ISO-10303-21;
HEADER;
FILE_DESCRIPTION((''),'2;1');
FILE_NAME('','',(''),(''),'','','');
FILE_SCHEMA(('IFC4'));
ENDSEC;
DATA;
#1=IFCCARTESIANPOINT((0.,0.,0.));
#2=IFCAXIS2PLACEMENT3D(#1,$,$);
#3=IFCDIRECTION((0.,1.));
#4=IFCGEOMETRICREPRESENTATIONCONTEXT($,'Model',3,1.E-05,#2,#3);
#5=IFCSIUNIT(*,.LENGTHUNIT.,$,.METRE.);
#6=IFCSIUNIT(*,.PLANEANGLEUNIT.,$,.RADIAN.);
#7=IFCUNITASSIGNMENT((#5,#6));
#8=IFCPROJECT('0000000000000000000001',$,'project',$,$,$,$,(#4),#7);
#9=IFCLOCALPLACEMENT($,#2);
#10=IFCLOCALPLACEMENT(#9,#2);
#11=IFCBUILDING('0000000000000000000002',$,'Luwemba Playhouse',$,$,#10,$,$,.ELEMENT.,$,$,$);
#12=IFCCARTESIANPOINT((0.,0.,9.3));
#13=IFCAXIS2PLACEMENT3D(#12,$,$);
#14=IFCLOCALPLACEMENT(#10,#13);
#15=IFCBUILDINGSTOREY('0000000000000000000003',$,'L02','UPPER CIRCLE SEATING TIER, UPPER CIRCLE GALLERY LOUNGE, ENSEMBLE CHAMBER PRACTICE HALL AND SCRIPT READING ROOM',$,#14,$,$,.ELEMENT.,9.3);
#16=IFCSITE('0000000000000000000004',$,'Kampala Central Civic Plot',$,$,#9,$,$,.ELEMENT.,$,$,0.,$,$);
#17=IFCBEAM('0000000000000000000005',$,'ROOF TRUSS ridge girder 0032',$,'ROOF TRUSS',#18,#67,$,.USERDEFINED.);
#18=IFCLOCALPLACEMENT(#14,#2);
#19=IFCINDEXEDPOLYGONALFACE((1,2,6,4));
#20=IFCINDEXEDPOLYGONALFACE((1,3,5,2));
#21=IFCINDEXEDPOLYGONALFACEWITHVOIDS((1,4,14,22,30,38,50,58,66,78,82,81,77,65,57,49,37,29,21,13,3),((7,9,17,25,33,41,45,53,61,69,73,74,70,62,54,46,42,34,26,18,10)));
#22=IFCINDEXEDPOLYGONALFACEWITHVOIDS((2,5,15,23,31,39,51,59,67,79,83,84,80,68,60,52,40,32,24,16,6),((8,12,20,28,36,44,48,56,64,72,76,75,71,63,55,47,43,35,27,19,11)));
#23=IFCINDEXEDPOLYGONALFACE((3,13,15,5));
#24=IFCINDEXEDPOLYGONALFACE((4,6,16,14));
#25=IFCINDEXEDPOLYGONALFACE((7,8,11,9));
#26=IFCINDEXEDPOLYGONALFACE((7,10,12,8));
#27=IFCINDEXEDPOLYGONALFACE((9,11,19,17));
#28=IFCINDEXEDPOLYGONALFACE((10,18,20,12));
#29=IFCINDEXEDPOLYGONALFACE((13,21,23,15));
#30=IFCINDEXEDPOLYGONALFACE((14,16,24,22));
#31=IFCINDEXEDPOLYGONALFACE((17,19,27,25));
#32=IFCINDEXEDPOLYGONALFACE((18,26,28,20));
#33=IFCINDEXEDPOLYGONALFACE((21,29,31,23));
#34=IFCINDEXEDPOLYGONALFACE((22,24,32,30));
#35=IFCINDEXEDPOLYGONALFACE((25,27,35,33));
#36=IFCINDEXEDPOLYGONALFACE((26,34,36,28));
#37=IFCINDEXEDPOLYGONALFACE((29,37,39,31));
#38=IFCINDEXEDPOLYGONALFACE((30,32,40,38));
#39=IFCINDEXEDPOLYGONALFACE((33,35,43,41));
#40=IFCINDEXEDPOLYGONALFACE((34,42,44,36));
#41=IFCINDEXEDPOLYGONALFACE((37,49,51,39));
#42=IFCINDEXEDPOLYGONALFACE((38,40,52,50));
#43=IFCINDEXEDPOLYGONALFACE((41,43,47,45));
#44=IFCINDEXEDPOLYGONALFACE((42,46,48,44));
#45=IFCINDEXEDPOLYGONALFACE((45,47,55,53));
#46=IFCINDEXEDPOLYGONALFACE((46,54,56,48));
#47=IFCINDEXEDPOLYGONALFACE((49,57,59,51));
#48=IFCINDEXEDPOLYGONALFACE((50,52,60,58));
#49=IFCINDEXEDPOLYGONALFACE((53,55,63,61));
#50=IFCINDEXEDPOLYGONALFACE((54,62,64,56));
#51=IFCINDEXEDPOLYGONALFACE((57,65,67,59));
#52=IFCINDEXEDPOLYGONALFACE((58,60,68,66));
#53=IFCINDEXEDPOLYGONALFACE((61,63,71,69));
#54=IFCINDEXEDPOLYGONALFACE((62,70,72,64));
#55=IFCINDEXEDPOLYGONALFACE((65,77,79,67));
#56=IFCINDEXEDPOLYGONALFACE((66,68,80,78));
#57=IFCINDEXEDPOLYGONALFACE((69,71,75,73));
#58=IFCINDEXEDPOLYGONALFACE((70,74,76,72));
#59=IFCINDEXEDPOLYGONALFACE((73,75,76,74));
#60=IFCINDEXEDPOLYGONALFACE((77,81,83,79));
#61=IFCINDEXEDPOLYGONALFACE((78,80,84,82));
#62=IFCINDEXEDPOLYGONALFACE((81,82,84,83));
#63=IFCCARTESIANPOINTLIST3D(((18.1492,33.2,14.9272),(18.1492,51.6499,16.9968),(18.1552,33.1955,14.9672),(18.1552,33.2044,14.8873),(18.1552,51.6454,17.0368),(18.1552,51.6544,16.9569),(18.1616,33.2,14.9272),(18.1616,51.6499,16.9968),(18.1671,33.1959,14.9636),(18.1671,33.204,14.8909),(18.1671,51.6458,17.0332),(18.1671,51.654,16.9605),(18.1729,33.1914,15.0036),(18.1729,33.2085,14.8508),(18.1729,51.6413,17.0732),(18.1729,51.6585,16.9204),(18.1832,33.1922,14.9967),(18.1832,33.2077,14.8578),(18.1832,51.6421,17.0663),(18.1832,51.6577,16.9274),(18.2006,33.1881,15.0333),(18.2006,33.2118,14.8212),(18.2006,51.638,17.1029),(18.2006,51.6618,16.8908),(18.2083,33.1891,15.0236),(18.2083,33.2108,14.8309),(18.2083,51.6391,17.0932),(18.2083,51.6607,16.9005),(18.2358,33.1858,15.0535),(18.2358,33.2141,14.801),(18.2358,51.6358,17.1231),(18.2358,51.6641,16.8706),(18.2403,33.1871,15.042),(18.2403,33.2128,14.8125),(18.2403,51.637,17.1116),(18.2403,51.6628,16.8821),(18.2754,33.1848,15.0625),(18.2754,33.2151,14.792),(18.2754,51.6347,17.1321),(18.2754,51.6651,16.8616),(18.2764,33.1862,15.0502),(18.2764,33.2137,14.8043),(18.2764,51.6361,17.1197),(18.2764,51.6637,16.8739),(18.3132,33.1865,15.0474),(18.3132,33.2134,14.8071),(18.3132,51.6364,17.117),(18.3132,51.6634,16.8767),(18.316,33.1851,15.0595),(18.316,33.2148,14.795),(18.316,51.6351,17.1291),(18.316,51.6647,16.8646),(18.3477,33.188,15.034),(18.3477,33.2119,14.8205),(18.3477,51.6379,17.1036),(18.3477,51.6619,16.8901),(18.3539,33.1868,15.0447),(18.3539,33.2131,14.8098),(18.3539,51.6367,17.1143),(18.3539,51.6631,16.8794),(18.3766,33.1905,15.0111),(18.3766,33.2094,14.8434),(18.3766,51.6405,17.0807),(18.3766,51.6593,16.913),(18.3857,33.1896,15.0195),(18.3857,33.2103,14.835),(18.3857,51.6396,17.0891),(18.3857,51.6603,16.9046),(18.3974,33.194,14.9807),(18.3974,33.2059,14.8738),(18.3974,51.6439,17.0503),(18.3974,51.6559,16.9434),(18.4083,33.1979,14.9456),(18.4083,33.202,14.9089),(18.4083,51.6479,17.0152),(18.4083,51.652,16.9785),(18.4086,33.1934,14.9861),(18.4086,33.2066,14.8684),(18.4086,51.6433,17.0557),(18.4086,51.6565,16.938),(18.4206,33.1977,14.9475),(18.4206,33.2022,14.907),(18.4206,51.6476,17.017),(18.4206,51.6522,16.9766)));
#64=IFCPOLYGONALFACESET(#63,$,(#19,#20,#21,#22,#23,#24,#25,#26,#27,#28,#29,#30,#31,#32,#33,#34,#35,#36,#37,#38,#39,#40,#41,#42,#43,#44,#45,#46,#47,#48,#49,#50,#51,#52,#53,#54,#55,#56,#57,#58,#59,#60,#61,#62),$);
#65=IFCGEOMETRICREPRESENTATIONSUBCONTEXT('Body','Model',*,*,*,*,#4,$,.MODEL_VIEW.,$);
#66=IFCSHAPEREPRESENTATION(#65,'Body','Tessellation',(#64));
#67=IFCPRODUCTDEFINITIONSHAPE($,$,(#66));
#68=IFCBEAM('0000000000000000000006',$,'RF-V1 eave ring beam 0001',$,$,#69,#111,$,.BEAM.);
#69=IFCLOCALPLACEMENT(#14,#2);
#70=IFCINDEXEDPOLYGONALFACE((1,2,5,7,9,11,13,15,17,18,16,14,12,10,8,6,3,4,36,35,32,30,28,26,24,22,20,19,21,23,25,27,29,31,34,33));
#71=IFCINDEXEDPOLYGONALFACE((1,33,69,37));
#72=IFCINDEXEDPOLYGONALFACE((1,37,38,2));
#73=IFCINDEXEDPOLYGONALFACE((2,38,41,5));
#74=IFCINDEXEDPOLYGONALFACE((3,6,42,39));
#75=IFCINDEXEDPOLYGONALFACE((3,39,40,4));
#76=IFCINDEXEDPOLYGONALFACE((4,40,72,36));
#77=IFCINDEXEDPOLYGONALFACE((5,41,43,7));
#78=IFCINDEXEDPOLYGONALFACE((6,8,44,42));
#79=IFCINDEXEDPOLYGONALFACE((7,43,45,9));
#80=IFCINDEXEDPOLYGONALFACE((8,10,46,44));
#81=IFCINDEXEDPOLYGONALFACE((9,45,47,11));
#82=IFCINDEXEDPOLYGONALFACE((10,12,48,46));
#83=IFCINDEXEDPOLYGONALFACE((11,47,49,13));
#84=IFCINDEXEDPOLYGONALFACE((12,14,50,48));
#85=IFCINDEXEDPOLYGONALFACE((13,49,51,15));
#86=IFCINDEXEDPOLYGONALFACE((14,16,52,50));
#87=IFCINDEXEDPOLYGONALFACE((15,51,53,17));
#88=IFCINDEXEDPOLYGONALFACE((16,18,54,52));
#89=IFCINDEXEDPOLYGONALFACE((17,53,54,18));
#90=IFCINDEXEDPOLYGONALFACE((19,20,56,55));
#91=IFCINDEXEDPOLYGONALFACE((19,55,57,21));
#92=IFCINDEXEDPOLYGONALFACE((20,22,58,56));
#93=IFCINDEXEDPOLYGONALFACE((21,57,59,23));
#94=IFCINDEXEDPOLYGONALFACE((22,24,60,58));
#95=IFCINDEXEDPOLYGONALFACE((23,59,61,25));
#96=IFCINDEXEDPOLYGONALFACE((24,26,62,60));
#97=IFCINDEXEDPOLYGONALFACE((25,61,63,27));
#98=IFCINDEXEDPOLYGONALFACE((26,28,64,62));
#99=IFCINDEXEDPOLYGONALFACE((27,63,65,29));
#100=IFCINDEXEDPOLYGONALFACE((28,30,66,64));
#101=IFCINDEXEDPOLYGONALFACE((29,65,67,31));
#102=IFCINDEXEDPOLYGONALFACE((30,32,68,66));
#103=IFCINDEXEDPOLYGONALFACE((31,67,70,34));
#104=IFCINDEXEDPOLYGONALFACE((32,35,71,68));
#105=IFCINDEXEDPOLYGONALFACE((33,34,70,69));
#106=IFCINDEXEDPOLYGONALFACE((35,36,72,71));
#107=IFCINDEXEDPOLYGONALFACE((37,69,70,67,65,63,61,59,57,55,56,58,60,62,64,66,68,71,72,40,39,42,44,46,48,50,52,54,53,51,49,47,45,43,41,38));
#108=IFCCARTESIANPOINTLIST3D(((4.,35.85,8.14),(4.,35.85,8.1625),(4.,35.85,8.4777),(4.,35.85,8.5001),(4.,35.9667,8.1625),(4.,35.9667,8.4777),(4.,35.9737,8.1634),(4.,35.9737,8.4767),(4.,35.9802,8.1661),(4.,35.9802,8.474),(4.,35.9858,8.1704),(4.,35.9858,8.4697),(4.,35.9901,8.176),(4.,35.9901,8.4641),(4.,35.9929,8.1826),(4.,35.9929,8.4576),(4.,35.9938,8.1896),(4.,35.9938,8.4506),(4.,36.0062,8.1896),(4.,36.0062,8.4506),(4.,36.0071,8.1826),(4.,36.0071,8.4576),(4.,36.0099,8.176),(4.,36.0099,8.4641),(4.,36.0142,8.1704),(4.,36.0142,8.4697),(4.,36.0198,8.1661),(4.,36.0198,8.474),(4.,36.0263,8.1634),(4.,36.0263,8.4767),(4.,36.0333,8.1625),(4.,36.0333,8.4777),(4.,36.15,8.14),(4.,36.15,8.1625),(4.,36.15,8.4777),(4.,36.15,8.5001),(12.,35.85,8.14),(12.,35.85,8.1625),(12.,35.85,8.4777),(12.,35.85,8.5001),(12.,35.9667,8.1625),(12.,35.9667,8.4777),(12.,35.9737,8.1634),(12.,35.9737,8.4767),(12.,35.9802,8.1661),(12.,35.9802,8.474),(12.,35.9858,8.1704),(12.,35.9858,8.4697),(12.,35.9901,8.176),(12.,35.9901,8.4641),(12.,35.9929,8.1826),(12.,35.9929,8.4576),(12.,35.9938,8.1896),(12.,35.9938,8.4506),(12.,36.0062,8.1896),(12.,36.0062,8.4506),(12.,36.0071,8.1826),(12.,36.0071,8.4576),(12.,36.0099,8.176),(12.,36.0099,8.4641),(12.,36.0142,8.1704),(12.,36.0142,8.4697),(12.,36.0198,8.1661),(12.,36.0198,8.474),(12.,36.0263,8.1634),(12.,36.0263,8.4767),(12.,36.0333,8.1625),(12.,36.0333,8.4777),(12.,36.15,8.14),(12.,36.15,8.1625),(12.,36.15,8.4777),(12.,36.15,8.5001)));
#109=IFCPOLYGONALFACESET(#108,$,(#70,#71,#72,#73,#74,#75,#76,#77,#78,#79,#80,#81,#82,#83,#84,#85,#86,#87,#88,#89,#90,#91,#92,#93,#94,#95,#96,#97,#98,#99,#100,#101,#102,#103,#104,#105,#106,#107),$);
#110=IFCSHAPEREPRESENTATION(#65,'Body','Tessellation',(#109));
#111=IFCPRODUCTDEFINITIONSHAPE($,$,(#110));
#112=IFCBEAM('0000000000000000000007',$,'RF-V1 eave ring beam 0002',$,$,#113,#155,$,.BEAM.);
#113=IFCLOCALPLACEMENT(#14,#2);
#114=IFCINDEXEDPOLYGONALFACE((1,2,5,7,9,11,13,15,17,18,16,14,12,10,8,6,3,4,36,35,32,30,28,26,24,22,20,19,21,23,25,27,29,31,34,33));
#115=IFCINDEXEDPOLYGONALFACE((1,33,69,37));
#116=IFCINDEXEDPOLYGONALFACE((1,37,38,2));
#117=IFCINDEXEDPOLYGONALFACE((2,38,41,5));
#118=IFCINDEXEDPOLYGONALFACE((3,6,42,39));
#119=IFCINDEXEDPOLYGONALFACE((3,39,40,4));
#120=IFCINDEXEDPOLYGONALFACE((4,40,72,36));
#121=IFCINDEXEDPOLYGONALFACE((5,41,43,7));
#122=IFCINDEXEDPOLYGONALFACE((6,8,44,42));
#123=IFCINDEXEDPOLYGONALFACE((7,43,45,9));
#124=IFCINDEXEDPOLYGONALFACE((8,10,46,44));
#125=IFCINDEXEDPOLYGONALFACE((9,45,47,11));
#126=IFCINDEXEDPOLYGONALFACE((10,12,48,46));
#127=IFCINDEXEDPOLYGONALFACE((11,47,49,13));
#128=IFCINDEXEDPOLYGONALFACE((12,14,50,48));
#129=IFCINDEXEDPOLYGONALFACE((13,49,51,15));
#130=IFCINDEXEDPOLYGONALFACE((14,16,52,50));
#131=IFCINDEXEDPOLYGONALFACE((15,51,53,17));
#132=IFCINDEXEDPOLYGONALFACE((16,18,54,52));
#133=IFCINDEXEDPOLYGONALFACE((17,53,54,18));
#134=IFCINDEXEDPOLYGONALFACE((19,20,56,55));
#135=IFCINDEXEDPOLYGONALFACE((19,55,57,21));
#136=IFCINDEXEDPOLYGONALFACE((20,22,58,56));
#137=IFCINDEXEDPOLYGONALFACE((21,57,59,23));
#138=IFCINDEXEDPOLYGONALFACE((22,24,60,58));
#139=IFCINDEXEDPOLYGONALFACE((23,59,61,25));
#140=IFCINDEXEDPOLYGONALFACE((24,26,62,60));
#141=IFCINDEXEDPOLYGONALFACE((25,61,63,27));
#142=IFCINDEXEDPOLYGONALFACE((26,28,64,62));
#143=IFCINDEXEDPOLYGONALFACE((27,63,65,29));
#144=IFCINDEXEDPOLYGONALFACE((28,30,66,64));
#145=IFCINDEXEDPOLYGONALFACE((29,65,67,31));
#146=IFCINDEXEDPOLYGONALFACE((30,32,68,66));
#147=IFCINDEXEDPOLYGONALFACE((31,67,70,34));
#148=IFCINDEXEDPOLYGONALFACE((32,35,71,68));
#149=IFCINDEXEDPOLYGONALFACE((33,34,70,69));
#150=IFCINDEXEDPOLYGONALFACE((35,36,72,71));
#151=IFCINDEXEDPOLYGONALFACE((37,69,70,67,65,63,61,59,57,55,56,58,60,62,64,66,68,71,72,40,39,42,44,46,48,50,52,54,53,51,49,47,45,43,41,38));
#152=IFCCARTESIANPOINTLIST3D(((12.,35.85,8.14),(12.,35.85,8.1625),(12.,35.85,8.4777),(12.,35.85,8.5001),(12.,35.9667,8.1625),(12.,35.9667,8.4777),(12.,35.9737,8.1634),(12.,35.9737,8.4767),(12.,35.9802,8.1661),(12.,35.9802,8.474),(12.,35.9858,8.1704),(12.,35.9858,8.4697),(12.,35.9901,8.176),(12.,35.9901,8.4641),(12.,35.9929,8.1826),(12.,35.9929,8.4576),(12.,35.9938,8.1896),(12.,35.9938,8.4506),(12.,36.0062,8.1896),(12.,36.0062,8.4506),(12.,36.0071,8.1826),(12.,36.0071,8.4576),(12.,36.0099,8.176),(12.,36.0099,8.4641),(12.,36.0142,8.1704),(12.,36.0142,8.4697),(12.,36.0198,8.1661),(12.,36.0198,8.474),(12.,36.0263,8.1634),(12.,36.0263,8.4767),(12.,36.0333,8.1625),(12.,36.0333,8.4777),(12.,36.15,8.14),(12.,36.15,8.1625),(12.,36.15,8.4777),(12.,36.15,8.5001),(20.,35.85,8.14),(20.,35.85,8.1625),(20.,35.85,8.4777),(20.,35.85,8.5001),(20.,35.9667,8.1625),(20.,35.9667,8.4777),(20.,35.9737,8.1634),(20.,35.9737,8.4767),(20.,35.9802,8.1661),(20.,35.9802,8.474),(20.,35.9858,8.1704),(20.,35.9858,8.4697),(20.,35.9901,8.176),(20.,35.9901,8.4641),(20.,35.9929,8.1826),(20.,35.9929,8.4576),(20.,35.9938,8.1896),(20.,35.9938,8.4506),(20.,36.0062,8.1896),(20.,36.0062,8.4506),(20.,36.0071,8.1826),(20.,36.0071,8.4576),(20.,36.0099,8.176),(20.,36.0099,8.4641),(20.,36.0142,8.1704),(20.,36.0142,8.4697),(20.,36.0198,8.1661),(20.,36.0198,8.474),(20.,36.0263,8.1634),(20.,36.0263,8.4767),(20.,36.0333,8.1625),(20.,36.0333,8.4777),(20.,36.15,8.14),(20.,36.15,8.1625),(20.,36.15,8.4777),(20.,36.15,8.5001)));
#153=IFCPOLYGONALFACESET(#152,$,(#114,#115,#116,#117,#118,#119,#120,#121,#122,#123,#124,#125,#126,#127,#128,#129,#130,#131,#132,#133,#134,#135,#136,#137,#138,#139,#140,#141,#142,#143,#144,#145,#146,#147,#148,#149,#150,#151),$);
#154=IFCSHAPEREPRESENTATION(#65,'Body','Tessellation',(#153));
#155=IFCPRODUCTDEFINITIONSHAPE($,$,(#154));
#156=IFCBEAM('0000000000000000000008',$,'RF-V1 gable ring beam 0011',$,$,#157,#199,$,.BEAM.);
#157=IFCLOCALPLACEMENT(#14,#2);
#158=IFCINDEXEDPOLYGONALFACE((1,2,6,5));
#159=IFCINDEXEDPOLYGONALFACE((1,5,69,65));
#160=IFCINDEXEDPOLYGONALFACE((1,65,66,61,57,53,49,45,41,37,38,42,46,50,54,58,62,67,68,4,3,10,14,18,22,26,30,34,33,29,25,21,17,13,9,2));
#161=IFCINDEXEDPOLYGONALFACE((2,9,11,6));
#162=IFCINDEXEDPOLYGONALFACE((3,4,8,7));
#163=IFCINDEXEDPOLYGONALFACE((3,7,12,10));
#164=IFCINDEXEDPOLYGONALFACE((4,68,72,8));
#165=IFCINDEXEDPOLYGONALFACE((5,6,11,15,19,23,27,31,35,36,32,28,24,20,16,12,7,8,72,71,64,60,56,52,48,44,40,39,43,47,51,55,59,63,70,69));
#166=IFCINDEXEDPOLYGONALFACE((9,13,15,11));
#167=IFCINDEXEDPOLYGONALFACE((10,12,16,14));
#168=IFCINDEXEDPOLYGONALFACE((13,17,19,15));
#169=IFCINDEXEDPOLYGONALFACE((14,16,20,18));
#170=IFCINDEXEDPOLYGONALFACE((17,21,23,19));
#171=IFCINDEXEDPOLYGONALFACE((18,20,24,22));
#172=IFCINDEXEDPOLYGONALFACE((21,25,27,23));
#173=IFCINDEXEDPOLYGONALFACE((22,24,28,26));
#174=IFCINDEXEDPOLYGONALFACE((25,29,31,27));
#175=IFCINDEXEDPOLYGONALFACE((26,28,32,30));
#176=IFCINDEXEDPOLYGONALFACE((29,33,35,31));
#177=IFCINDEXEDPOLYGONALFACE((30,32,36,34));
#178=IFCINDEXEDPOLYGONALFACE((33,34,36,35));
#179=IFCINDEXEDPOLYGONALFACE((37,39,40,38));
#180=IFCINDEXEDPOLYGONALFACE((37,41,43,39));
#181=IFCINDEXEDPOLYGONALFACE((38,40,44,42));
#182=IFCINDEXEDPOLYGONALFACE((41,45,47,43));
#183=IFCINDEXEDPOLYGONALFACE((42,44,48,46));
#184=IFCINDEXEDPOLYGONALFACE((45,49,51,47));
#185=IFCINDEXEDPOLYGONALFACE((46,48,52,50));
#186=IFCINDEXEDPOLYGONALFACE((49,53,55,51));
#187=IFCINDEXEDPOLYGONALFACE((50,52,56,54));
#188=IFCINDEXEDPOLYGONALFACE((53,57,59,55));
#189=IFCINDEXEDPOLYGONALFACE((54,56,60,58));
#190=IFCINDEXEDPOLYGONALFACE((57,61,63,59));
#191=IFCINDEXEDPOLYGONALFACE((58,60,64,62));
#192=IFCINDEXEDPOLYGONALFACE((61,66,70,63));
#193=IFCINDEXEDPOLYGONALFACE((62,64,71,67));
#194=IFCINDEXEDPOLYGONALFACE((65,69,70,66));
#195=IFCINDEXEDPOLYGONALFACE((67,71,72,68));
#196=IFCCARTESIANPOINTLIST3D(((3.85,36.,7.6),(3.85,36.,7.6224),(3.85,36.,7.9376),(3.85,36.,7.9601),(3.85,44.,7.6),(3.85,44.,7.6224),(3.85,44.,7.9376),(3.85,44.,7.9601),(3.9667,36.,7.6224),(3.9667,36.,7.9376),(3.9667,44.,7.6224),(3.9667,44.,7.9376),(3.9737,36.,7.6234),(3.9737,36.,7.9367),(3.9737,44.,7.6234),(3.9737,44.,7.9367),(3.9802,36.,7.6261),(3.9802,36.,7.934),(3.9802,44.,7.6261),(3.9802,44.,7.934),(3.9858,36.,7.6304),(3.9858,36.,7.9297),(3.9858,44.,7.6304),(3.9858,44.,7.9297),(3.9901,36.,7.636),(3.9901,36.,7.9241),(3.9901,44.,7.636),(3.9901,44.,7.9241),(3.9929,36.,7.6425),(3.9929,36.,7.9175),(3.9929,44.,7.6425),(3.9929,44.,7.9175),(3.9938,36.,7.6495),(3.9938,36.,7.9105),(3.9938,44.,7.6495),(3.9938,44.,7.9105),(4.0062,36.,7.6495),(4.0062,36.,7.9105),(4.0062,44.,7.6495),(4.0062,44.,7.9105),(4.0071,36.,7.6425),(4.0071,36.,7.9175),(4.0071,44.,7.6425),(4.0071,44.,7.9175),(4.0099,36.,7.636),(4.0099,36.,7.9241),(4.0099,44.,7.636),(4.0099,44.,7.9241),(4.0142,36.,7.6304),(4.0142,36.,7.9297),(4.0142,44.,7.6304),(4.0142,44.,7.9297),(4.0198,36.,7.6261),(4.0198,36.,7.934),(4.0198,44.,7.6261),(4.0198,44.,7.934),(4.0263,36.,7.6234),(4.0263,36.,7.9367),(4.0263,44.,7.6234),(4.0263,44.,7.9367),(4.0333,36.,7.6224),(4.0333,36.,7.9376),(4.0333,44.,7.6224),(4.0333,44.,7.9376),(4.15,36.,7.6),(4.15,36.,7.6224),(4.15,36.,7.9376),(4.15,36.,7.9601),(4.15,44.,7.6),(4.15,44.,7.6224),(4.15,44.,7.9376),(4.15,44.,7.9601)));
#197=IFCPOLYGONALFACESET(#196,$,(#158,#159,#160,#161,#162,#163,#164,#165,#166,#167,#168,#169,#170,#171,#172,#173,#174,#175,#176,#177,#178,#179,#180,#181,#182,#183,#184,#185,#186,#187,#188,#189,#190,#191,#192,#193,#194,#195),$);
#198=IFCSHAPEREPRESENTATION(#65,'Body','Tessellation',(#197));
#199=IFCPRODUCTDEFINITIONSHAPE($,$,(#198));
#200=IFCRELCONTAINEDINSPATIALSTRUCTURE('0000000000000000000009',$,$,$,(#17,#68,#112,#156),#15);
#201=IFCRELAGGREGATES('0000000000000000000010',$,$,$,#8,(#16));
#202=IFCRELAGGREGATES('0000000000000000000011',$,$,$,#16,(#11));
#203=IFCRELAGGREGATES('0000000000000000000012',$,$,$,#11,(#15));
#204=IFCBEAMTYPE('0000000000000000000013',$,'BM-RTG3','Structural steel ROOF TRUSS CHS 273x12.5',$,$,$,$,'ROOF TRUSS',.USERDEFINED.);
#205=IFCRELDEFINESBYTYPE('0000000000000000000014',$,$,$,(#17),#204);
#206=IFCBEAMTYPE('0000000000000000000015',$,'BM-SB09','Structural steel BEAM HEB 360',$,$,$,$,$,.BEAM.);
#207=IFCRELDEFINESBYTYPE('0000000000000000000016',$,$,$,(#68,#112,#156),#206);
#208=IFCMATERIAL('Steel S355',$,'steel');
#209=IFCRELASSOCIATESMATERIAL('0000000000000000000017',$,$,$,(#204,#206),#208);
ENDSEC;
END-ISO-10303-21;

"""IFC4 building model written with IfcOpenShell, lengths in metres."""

from ifc_helpers import new_model, si_unit, direction, frame, origin, origin_2d, place, context, subcontext, project, spatial, hollow_circle, i_section, extrude, material, material_profile, profile_set, type_object, element, save


model = new_model("IFC4")

# Units and contexts
model_context = context("Model", 3, precision=1e-05, world=origin(), true_north=direction((0.0, 1.0)))
body_context = subcontext(model_context, "Body", "Model", "MODEL_VIEW")
ifc_project = project(units=[si_unit("LENGTHUNIT", "METRE"), si_unit("PLANEANGLEUNIT", "RADIAN")], contexts=[model_context])

# Site, building, storey
site_placement = place(None, origin())
site = spatial("IfcSite", under=ifc_project, at=site_placement, Name="Kampala Central Civic Plot", CompositionType="ELEMENT", RefElevation=0.0)
building_placement = place(site_placement, origin())
building = spatial("IfcBuilding", under=site, at=building_placement, Name="Luwemba Playhouse", CompositionType="ELEMENT")
storey_placement = place(building_placement, frame((0.0, 0.0, 9.3)))
storey = spatial("IfcBuildingStorey", under=building, at=storey_placement, Name="L02", Description="UPPER CIRCLE SEATING TIER, UPPER CIRCLE GALLERY LOUNGE, ENSEMBLE CHAMBER PRACTICE HALL AND SCRIPT READING ROOM", CompositionType="ELEMENT", Elevation=9.3)

# Shared definitions
ifc_material_1 = material(Name="Steel S355", Category="steel")

# Beams
ifc_material_profile_1 = material_profile(ifc_material_1, hollow_circle(Radius=0.1365, WallThickness=0.0125, at=origin_2d()))
ifc_profile_set_1 = profile_set([ifc_material_profile_1], Name="Steel S355")
beam_type_1 = type_object("IfcBeamType", Name="BM-RTG3", Description="Structural steel ROOF TRUSS CHS 273x12.5", ElementType="ROOF TRUSS", PredefinedType="USERDEFINED", material=ifc_profile_set_1)
beam_1_placement = place(storey_placement, frame((18.2856, 33.2, 14.9272), z_axis=(0.0, 0.993767, 0.111474), x_axis=(-1.0, 0.0, 0.0)))
element("IfcBeam", 1, at=beam_1_placement, inside=storey, type_object=beam_type_1, Name="ROOF TRUSS ridge girder 0032", ObjectType="ROOF TRUSS", PredefinedType="USERDEFINED", context=body_context, shape_type="SweptSolid", body=[
    extrude(hollow_circle(Radius=0.1365, WallThickness=0.0125, at=origin_2d()), origin(), (0.0, 0.0, 1.0), 18.5657),
])
ifc_material_profile_2 = material_profile(ifc_material_1, i_section(OverallWidth=0.3, OverallDepth=0.3601, WebThickness=0.0125, FlangeThickness=0.0225, FilletRadius=0.0271, at=origin_2d()))
ifc_profile_set_2 = profile_set([ifc_material_profile_2], Name="Steel S355")
beam_type_2 = type_object("IfcBeamType", Name="BM-SB09", Description="Structural steel BEAM HEB 360", PredefinedType="BEAM", material=ifc_profile_set_2)
for number, where, z_axis, x_axis, name in (
    (2, (4.0, 36.0, 8.3201), (1.0, 0.0, 0.0), (0.0, 1.0, 0.0), "RF-V1 eave ring beam 0001"),
    (3, (12.0, 36.0, 8.3201), (1.0, 0.0, 0.0), (0.0, 1.0, 0.0), "RF-V1 eave ring beam 0002"),
    (4, (4.0, 36.0, 7.78), (0.0, 1.0, 0.0), (-1.0, 0.0, 0.0), "RF-V1 gable ring beam 0011"),
):
    element("IfcBeam", number, at=place(storey_placement, frame(where, z_axis=z_axis, x_axis=x_axis)), inside=storey, type_object=beam_type_2, Name=name, PredefinedType="BEAM", context=body_context, shape_type="SweptSolid", body=[
        extrude(i_section(OverallWidth=0.3, OverallDepth=0.3601, WebThickness=0.0125, FlangeThickness=0.0225, FilletRadius=0.0271, at=origin_2d()), origin(), (0.0, 0.0, 1.0), 8.0),
    ])

save(model, "model.ifc")
